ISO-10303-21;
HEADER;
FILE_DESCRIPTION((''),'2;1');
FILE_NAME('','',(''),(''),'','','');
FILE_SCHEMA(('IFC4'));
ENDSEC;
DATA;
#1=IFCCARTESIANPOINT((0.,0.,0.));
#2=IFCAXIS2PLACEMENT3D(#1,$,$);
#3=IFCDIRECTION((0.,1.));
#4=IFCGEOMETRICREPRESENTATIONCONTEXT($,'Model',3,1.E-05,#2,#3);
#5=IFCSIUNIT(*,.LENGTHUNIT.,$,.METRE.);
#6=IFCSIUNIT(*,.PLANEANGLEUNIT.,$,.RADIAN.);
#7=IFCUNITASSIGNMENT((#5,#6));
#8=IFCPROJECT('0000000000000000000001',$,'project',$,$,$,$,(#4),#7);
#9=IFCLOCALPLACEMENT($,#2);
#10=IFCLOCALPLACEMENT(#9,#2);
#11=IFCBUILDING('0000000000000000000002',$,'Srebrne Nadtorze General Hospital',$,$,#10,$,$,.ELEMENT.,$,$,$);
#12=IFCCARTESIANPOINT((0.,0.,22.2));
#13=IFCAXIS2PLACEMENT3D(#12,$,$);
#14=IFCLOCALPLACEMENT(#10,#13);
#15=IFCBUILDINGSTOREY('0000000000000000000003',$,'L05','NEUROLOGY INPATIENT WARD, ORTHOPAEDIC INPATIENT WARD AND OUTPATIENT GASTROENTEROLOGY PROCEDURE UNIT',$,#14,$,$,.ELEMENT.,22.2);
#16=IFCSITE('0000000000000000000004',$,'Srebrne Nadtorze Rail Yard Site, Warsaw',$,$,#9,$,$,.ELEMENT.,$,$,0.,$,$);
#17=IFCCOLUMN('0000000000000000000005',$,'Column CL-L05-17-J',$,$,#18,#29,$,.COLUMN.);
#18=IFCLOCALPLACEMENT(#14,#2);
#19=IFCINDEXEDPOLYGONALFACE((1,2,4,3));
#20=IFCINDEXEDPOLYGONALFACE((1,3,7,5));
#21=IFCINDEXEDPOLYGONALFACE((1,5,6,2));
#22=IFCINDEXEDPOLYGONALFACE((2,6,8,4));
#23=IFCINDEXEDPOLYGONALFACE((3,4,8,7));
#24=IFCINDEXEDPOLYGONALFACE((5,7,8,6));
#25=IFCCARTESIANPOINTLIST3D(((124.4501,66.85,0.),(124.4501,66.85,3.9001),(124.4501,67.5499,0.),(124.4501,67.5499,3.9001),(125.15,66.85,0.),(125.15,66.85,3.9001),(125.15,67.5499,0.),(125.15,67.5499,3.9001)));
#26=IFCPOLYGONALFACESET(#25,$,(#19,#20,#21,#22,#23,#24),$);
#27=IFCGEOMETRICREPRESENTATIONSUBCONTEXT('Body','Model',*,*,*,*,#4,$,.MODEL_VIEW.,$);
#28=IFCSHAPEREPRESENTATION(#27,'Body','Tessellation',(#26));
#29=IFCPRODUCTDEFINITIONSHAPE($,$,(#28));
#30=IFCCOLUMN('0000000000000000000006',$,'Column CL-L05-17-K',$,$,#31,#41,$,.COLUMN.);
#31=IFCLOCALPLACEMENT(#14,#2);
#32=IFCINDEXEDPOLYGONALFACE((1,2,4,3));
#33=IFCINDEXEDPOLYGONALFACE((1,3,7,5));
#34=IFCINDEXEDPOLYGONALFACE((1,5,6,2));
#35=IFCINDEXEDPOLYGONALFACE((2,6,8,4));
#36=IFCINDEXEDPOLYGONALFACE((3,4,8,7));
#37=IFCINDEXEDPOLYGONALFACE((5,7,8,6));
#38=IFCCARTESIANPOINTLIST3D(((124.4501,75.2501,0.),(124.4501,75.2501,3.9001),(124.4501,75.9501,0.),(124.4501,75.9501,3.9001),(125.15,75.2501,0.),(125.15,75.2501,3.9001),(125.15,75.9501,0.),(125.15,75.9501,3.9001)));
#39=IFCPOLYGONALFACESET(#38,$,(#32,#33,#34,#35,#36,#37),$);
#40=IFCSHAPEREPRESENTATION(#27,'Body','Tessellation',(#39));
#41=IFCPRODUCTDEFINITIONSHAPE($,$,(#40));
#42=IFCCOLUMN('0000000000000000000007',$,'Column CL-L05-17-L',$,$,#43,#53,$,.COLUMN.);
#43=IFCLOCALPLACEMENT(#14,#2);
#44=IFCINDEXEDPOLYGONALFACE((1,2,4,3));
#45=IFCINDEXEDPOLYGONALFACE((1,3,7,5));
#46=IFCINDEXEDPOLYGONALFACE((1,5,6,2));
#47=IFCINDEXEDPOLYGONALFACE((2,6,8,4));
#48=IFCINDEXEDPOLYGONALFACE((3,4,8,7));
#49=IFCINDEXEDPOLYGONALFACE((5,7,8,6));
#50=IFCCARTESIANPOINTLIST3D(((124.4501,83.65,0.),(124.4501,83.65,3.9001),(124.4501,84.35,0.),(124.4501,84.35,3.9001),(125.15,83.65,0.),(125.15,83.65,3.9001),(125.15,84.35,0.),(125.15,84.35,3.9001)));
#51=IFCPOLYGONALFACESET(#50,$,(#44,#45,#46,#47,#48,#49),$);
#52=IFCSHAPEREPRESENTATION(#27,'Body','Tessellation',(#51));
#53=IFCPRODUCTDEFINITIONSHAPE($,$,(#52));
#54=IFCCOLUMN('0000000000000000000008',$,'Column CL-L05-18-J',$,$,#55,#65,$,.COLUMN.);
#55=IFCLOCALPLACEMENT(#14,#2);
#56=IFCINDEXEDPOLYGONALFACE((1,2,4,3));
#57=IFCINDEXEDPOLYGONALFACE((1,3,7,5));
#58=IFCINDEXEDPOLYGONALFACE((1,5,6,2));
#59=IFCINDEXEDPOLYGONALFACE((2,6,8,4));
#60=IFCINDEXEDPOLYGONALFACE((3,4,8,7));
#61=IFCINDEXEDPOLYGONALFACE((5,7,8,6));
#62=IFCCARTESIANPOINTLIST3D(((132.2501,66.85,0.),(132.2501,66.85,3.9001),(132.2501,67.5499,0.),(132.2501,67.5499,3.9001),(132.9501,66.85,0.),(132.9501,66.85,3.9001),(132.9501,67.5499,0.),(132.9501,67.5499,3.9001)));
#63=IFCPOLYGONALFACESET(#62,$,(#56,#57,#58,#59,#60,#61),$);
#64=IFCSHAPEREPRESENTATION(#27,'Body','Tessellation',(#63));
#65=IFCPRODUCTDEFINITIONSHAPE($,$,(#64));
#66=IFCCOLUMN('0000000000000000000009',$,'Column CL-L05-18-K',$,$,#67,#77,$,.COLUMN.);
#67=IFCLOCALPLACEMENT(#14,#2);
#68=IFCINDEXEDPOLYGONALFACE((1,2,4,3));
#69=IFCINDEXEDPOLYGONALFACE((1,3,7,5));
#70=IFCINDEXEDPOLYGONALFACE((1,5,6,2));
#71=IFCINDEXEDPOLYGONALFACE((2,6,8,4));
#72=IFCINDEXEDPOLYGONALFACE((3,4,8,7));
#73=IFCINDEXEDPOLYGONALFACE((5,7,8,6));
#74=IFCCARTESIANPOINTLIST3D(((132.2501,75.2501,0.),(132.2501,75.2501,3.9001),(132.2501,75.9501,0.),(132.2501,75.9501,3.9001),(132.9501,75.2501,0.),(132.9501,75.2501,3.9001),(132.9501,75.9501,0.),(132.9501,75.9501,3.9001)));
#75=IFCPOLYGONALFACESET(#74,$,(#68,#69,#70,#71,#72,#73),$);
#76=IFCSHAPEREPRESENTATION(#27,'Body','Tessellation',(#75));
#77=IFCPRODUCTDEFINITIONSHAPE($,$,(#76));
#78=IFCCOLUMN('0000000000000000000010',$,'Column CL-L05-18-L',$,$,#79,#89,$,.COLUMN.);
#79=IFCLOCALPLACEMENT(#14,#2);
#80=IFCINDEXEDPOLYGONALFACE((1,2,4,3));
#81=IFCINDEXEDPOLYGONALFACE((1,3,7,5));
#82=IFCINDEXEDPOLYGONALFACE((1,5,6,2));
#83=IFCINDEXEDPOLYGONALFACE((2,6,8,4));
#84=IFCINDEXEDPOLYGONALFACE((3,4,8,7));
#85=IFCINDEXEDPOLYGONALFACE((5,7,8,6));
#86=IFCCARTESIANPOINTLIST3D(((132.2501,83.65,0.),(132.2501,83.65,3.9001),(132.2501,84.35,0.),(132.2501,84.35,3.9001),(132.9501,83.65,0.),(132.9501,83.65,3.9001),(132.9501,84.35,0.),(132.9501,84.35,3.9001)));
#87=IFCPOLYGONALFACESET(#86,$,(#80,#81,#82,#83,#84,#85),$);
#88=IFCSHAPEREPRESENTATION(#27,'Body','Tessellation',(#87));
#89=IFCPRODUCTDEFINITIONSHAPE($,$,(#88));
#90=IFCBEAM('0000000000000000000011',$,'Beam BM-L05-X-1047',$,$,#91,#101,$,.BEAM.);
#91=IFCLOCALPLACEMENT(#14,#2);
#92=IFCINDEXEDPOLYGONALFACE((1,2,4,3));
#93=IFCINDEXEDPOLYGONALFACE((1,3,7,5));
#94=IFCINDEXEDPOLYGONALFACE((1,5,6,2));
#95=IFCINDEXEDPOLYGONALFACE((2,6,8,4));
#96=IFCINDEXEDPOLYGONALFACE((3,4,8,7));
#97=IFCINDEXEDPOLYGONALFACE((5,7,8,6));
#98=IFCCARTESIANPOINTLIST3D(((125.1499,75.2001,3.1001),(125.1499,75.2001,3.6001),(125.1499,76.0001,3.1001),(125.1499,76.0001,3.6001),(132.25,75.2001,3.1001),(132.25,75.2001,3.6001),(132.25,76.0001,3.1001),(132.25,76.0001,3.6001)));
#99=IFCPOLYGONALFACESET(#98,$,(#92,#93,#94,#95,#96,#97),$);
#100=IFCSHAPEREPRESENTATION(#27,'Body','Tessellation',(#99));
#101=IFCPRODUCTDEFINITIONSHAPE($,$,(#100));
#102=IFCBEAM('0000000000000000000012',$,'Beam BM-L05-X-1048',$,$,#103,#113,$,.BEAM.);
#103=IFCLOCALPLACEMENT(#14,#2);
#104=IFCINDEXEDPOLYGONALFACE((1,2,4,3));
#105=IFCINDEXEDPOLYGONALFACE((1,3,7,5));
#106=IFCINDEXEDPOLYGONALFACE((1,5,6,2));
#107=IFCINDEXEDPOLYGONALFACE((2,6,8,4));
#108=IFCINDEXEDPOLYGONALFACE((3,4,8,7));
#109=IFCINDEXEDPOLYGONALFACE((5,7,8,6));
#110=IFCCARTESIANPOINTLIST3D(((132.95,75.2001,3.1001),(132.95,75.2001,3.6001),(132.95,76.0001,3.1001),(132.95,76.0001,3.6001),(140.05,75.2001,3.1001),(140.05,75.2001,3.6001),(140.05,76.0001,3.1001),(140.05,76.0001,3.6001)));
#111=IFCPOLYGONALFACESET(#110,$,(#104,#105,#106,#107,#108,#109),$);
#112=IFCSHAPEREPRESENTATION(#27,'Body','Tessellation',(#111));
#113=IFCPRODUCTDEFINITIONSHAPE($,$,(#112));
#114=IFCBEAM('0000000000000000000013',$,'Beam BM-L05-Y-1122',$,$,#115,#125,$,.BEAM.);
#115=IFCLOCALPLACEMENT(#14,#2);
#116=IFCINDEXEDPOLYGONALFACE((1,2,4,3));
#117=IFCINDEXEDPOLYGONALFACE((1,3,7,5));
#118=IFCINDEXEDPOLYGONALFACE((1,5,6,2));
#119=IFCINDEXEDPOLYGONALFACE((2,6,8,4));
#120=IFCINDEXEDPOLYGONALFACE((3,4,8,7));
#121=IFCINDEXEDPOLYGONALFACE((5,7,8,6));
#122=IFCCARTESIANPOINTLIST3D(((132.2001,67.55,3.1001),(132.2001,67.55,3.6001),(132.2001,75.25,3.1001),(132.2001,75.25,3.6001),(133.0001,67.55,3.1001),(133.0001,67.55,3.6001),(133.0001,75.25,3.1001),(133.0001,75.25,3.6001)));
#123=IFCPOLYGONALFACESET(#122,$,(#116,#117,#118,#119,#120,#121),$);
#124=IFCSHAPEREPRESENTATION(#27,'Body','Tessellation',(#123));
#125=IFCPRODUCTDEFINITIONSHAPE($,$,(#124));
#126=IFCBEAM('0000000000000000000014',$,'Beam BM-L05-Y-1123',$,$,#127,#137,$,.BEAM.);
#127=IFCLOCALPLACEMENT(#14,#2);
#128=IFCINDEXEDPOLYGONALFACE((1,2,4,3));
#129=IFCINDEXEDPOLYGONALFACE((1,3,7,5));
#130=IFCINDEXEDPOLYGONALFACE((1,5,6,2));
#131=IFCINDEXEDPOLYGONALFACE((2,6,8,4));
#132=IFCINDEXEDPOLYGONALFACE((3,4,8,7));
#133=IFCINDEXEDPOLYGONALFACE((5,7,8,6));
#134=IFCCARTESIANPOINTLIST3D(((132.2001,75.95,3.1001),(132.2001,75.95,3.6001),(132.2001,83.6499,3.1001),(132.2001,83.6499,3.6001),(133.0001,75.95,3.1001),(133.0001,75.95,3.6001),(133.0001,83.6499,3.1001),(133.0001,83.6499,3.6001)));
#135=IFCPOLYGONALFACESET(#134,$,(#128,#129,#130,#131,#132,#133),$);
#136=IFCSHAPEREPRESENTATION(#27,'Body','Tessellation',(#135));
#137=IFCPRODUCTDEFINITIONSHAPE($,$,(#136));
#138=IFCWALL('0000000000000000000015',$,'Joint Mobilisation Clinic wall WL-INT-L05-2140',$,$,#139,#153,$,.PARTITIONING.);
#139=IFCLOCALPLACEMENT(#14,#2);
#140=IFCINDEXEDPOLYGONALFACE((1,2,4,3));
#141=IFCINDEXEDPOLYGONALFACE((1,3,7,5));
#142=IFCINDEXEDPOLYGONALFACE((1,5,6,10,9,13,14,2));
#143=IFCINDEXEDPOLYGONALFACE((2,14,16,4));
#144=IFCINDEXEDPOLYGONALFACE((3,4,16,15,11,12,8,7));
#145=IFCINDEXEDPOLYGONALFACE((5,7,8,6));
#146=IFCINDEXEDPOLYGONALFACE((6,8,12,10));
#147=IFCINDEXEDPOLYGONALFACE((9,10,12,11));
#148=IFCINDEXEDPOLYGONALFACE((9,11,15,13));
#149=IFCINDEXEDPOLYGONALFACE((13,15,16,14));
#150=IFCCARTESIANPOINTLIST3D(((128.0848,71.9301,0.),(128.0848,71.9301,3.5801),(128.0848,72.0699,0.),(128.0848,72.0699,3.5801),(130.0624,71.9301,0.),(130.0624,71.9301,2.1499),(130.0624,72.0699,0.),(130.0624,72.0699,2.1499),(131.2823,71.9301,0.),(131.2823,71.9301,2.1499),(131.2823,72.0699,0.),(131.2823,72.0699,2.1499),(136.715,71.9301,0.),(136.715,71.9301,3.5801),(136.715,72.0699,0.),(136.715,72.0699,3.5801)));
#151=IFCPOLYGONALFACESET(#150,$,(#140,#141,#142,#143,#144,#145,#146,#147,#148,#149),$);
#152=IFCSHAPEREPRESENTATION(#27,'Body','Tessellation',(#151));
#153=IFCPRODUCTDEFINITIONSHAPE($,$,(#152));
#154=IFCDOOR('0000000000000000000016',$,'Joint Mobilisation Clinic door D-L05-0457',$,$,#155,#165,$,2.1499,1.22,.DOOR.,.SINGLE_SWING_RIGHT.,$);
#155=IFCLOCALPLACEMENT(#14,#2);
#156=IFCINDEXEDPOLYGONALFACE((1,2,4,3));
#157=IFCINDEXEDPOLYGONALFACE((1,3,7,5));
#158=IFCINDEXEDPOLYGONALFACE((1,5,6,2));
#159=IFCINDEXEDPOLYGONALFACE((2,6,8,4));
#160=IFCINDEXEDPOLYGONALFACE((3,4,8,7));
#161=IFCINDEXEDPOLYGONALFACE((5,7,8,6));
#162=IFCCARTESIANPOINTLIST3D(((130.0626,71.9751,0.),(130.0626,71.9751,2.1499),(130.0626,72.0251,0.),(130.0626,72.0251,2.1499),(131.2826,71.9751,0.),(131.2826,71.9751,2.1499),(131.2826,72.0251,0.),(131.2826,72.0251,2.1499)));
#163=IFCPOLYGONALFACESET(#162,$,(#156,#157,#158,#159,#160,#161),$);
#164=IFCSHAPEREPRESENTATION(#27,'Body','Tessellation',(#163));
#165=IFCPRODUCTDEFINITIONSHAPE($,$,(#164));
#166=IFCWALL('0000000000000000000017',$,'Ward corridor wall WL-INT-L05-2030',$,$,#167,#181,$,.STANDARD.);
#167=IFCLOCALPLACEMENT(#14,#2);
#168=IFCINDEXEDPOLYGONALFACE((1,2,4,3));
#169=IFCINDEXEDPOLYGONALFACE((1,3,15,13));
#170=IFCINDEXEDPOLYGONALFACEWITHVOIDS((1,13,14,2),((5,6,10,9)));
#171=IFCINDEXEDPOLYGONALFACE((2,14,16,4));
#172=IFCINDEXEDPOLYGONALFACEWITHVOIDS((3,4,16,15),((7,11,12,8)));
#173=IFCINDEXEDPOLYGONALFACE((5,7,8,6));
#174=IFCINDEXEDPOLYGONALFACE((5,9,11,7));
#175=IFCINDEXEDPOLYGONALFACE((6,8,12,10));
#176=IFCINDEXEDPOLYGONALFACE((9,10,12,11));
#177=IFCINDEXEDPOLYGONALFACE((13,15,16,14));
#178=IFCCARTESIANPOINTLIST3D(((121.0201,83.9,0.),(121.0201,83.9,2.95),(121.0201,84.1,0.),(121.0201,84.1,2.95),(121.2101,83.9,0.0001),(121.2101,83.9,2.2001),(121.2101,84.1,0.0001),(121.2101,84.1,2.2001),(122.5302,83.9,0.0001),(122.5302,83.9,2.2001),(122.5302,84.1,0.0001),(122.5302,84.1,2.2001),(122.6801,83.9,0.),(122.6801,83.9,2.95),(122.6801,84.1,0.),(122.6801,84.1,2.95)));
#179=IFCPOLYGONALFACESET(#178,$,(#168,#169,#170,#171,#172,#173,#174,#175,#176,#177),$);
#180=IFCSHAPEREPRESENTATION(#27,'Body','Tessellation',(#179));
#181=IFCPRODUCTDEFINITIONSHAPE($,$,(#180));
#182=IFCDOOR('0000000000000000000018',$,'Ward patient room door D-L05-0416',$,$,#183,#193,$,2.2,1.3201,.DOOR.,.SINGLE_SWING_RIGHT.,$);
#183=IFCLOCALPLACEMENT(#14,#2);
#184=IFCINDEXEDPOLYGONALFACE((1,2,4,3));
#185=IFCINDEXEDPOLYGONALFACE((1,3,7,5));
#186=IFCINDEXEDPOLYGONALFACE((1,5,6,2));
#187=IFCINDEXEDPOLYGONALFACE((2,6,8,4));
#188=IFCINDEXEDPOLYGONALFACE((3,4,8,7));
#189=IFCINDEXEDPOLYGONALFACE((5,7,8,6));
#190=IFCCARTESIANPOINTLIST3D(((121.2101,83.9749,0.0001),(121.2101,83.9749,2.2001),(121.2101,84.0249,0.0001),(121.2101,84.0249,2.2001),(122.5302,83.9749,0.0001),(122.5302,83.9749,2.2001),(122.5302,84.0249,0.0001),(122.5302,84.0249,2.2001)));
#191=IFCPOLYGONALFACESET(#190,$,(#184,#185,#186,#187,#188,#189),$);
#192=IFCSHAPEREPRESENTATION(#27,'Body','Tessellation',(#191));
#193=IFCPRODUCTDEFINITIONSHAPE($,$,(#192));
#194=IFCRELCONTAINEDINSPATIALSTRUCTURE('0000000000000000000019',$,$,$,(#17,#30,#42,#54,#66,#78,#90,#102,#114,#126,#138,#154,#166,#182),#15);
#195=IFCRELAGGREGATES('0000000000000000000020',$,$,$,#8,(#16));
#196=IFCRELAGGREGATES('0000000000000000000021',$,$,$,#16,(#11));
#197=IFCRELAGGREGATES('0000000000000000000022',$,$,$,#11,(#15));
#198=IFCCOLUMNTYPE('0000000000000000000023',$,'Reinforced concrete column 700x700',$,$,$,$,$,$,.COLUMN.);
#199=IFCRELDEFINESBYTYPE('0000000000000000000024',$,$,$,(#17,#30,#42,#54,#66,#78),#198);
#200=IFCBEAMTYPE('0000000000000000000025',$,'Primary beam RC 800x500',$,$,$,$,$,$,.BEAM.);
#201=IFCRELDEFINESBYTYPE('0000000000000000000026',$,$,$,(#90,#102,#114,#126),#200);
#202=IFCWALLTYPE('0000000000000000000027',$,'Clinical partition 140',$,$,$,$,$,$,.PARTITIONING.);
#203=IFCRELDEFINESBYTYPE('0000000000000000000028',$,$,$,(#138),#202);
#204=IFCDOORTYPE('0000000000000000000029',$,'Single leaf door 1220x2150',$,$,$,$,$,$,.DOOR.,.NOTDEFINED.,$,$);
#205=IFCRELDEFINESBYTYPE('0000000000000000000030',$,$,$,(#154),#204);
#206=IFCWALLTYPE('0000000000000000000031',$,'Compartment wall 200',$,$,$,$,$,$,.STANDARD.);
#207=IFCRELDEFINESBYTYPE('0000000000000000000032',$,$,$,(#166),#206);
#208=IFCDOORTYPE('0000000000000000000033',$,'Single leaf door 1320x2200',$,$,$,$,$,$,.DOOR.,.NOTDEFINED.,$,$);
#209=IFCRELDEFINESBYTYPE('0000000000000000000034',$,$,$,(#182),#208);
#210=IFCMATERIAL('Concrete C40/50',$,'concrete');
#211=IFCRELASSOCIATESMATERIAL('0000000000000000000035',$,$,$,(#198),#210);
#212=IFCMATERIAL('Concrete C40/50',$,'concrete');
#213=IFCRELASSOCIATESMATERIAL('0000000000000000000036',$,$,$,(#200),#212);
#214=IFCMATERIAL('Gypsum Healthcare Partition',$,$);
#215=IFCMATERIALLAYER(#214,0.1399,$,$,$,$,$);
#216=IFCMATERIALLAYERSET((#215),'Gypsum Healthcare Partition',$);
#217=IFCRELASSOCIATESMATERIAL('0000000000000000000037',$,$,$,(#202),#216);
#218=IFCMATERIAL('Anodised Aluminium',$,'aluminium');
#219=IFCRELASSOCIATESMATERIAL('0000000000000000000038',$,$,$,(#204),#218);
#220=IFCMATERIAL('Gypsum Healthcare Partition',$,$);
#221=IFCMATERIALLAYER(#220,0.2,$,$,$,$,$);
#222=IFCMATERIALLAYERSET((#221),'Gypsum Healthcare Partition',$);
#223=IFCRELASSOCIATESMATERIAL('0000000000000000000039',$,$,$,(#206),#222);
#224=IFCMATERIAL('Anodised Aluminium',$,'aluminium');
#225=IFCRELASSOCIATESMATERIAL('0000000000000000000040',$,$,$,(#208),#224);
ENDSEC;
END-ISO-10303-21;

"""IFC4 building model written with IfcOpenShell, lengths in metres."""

from ifc_helpers import new_model, si_unit, direction, frame, frame_2d, origin, origin_2d, place, context, subcontext, project, spatial, rectangle, extrude, material, layer, layer_set, material_profile, profile_set, type_object, element, fill, save


model = new_model("IFC4")

# Units and contexts
model_context = context("Model", 3, precision=1e-05, world=origin(), true_north=direction((0.0, 1.0)))
body_context = subcontext(model_context, "Body", "Model", "MODEL_VIEW")
ifc_project = project(units=[si_unit("LENGTHUNIT", "METRE"), si_unit("PLANEANGLEUNIT", "RADIAN")], contexts=[model_context])

# Site, building, storey
site_placement = place(None, origin())
site = spatial("IfcSite", under=ifc_project, at=site_placement, Name="Srebrne Nadtorze Rail Yard Site, Warsaw", CompositionType="ELEMENT", RefElevation=0.0)
building_placement = place(site_placement, origin())
building = spatial("IfcBuilding", under=site, at=building_placement, Name="Srebrne Nadtorze General Hospital", CompositionType="ELEMENT")
storey_placement = place(building_placement, frame((0.0, 0.0, 22.2)))
storey = spatial("IfcBuildingStorey", under=building, at=storey_placement, Name="L05", Description="NEUROLOGY INPATIENT WARD, ORTHOPAEDIC INPATIENT WARD AND OUTPATIENT GASTROENTEROLOGY PROCEDURE UNIT", CompositionType="ELEMENT", Elevation=22.2)

# Columns
ifc_material_1 = material(Name="Concrete C40/50", Category="concrete")
ifc_material_profile_1 = material_profile(ifc_material_1, rectangle(XDim=0.7, YDim=0.7, at=origin_2d()), Name="RC-COL-700x700")
ifc_profile_set_1 = profile_set([ifc_material_profile_1], Name="Concrete C40/50")
column_type = type_object("IfcColumnType", Name="Reinforced concrete column 700x700", PredefinedType="COLUMN", material=ifc_profile_set_1)
for number, where, z_axis, x_axis, name in (
    (1, (124.8, 67.2, 0.0), (0.0, 0.0, 1.0), (1.0, 0.0, 0.0), "Column CL-L05-17-J"),
    (2, (124.8, 75.6001, 0.0), (0.0, 0.0, 1.0), (1.0, 0.0, 0.0), "Column CL-L05-17-K"),
    (3, (124.8, 84.0, 0.0), (0.0, 0.0, 1.0), (1.0, 0.0, 0.0), "Column CL-L05-17-L"),
    (4, (132.6001, 67.2, 0.0), (0.0, 0.0, 1.0), (1.0, 0.0, 0.0), "Column CL-L05-18-J"),
    (5, (132.6001, 75.6001, 0.0), (0.0, 0.0, 1.0), (1.0, 0.0, 0.0), "Column CL-L05-18-K"),
    (6, (132.6001, 84.0, 0.0), (0.0, 0.0, 1.0), (1.0, 0.0, 0.0), "Column CL-L05-18-L"),
):
    element("IfcColumn", number, at=place(storey_placement, frame(where, z_axis=z_axis, x_axis=x_axis)), inside=storey, type_object=column_type, Name=name, PredefinedType="COLUMN", context=body_context, shape_type="SweptSolid", body=[
        extrude(rectangle(XDim=0.7, YDim=0.7, at=origin_2d()), origin(), (0.0, 0.0, 1.0), 3.9001),
    ])

# Beams
ifc_material_2 = material(Name="Concrete C40/50", Category="concrete")
ifc_material_profile_2 = material_profile(ifc_material_2, rectangle(XDim=0.8, YDim=0.5, at=origin_2d()), Name="RC-BM-800x500")
ifc_profile_set_2 = profile_set([ifc_material_profile_2], Name="Concrete C40/50")
beam_type = type_object("IfcBeamType", Name="Primary beam RC 800x500", PredefinedType="BEAM", material=ifc_profile_set_2)
for number, where, z_axis, x_axis, name in (
    (7, (125.1499, 75.6001, 3.3501), (1.0, 0.0, 0.0), (0.0, 1.0, 0.0), "Beam BM-L05-X-1047"),
    (8, (132.95, 75.6001, 3.3501), (1.0, 0.0, 0.0), (0.0, 1.0, 0.0), "Beam BM-L05-X-1048"),
):
    element("IfcBeam", number, at=place(storey_placement, frame(where, z_axis=z_axis, x_axis=x_axis)), inside=storey, type_object=beam_type, Name=name, PredefinedType="BEAM", context=body_context, shape_type="SweptSolid", body=[
        extrude(rectangle(XDim=0.8, YDim=0.5, at=origin_2d()), origin(), (0.0, 0.0, 1.0), 7.1001),
    ])
for number, where, z_axis, x_axis, name in (
    (9, (132.6001, 67.55, 3.3501), (0.0, 1.0, 0.0), (-1.0, 0.0, 0.0), "Beam BM-L05-Y-1122"),
    (10, (132.6001, 75.95, 3.3501), (0.0, 1.0, 0.0), (-1.0, 0.0, 0.0), "Beam BM-L05-Y-1123"),
):
    element("IfcBeam", number, at=place(storey_placement, frame(where, z_axis=z_axis, x_axis=x_axis)), inside=storey, type_object=beam_type, Name=name, PredefinedType="BEAM", context=body_context, shape_type="SweptSolid", body=[
        extrude(rectangle(XDim=0.8, YDim=0.5, at=origin_2d()), origin(), (0.0, 0.0, 1.0), 7.7),
    ])

# Walls, openings, doors
ifc_material_3 = material(Name="Gypsum Healthcare Partition")
ifc_layer_1 = layer(ifc_material_3, 0.1399)
ifc_layer_set_1 = layer_set([ifc_layer_1], Name="Gypsum Healthcare Partition")
wall_type_1 = type_object("IfcWallType", Name="Clinical partition 140", PredefinedType="PARTITIONING", material=ifc_layer_set_1)
wall_1_placement = place(storey_placement, frame((128.085, 72.0, 0.0), z_axis=(0.0, 0.0, 1.0), x_axis=(1.0, 0.0, 0.0)))
wall_1 = element("IfcWall", 11, at=wall_1_placement, inside=storey, type_object=wall_type_1, Name="Joint Mobilisation Clinic wall WL-INT-L05-2140", PredefinedType="PARTITIONING", context=body_context, shape_type="SweptSolid", body=[
    extrude(rectangle(XDim=8.6301, YDim=0.1399, at=frame_2d((4.3149, 0.0))), origin(), (0.0, 0.0, 1.0), 3.5801),
])
opening_1_placement = place(wall_1_placement, frame((1.9775, 0.0, 0.0)))
opening_1 = element("IfcOpeningElement", 12, at=opening_1_placement, cuts=wall_1, PredefinedType="OPENING", context=body_context, shape_type="SweptSolid", body=[
    extrude(rectangle(XDim=1.22, YDim=2.1499, at=frame_2d((0.6099, 1.075))), frame((0.0, 0.082, 0.0), z_axis=(0.0, -1.0, 0.0), x_axis=(1.0, 0.0, 0.0)), (0.0, 0.0, 1.0), 0.1638),
])
ifc_material_4 = material(Name="Anodised Aluminium", Category="aluminium")
door_type_1 = type_object("IfcDoorType", Name="Single leaf door 1220x2150", OperationType="NOTDEFINED", PredefinedType="DOOR", material=ifc_material_4)
door_1_placement = place(opening_1_placement, frame((1.22, 0.0, 0.0), z_axis=(0.0, 0.0, 1.0), x_axis=(-1.0, 0.0, 0.0)))
door_1 = element("IfcDoor", 13, at=door_1_placement, inside=storey, type_object=door_type_1, Name="Joint Mobilisation Clinic door D-L05-0457", OperationType="SINGLE_SWING_RIGHT", OverallHeight=2.1499, OverallWidth=1.22, PredefinedType="DOOR", context=body_context, shape_type="SweptSolid", body=[
    extrude(rectangle(XDim=1.22, YDim=2.1499, at=frame_2d((0.6099, 1.075))), frame((0.0, 0.0249, 0.0), z_axis=(0.0, -1.0, 0.0), x_axis=(1.0, 0.0, 0.0)), (0.0, 0.0, 1.0), 0.05),
])
fill(opening_1, door_1)
ifc_material_5 = material(Name="Gypsum Healthcare Partition")
ifc_layer_2 = layer(ifc_material_5, 0.2)
ifc_layer_set_2 = layer_set([ifc_layer_2], Name="Gypsum Healthcare Partition")
wall_type_2 = type_object("IfcWallType", Name="Compartment wall 200", PredefinedType="STANDARD", material=ifc_layer_set_2)
wall_2_placement = place(storey_placement, frame((121.02, 84.0, 0.0), z_axis=(0.0, 0.0, 1.0), x_axis=(1.0, 0.0, 0.0)))
wall_2 = element("IfcWall", 14, at=wall_2_placement, inside=storey, type_object=wall_type_2, Name="Ward corridor wall WL-INT-L05-2030", PredefinedType="STANDARD", context=body_context, shape_type="SweptSolid", body=[
    extrude(rectangle(XDim=1.6599, YDim=0.2, at=frame_2d((0.8301, 0.0))), origin(), (0.0, 0.0, 1.0), 2.95),
])
opening_2_placement = place(wall_2_placement, frame((0.1899, 0.0, 0.0)))
opening_2 = element("IfcOpeningElement", 15, at=opening_2_placement, cuts=wall_2, PredefinedType="OPENING", context=body_context, shape_type="SweptSolid", body=[
    extrude(rectangle(XDim=1.3201, YDim=2.2, at=frame_2d((0.6602, 1.1001))), frame((0.0, 0.1118, 0.0), z_axis=(0.0, -1.0, 0.0), x_axis=(1.0, 0.0, 0.0)), (0.0, 0.0, 1.0), 0.2239),
])
ifc_material_6 = material(Name="Anodised Aluminium", Category="aluminium")
door_type_2 = type_object("IfcDoorType", Name="Single leaf door 1320x2200", OperationType="NOTDEFINED", PredefinedType="DOOR", material=ifc_material_6)
door_2_placement = place(opening_2_placement, origin())
door_2 = element("IfcDoor", 16, at=door_2_placement, inside=storey, type_object=door_type_2, Name="Ward patient room door D-L05-0416", OperationType="SINGLE_SWING_RIGHT", OverallHeight=2.2, OverallWidth=1.3201, PredefinedType="DOOR", context=body_context, shape_type="SweptSolid", body=[
    extrude(rectangle(XDim=1.3201, YDim=2.2, at=frame_2d((0.6602, 1.1001))), frame((0.0, 0.0249, 0.0), z_axis=(0.0, -1.0, 0.0), x_axis=(1.0, 0.0, 0.0)), (0.0, 0.0, 1.0), 0.05),
])
fill(opening_2, door_2)

save(model, "model.ifc")
